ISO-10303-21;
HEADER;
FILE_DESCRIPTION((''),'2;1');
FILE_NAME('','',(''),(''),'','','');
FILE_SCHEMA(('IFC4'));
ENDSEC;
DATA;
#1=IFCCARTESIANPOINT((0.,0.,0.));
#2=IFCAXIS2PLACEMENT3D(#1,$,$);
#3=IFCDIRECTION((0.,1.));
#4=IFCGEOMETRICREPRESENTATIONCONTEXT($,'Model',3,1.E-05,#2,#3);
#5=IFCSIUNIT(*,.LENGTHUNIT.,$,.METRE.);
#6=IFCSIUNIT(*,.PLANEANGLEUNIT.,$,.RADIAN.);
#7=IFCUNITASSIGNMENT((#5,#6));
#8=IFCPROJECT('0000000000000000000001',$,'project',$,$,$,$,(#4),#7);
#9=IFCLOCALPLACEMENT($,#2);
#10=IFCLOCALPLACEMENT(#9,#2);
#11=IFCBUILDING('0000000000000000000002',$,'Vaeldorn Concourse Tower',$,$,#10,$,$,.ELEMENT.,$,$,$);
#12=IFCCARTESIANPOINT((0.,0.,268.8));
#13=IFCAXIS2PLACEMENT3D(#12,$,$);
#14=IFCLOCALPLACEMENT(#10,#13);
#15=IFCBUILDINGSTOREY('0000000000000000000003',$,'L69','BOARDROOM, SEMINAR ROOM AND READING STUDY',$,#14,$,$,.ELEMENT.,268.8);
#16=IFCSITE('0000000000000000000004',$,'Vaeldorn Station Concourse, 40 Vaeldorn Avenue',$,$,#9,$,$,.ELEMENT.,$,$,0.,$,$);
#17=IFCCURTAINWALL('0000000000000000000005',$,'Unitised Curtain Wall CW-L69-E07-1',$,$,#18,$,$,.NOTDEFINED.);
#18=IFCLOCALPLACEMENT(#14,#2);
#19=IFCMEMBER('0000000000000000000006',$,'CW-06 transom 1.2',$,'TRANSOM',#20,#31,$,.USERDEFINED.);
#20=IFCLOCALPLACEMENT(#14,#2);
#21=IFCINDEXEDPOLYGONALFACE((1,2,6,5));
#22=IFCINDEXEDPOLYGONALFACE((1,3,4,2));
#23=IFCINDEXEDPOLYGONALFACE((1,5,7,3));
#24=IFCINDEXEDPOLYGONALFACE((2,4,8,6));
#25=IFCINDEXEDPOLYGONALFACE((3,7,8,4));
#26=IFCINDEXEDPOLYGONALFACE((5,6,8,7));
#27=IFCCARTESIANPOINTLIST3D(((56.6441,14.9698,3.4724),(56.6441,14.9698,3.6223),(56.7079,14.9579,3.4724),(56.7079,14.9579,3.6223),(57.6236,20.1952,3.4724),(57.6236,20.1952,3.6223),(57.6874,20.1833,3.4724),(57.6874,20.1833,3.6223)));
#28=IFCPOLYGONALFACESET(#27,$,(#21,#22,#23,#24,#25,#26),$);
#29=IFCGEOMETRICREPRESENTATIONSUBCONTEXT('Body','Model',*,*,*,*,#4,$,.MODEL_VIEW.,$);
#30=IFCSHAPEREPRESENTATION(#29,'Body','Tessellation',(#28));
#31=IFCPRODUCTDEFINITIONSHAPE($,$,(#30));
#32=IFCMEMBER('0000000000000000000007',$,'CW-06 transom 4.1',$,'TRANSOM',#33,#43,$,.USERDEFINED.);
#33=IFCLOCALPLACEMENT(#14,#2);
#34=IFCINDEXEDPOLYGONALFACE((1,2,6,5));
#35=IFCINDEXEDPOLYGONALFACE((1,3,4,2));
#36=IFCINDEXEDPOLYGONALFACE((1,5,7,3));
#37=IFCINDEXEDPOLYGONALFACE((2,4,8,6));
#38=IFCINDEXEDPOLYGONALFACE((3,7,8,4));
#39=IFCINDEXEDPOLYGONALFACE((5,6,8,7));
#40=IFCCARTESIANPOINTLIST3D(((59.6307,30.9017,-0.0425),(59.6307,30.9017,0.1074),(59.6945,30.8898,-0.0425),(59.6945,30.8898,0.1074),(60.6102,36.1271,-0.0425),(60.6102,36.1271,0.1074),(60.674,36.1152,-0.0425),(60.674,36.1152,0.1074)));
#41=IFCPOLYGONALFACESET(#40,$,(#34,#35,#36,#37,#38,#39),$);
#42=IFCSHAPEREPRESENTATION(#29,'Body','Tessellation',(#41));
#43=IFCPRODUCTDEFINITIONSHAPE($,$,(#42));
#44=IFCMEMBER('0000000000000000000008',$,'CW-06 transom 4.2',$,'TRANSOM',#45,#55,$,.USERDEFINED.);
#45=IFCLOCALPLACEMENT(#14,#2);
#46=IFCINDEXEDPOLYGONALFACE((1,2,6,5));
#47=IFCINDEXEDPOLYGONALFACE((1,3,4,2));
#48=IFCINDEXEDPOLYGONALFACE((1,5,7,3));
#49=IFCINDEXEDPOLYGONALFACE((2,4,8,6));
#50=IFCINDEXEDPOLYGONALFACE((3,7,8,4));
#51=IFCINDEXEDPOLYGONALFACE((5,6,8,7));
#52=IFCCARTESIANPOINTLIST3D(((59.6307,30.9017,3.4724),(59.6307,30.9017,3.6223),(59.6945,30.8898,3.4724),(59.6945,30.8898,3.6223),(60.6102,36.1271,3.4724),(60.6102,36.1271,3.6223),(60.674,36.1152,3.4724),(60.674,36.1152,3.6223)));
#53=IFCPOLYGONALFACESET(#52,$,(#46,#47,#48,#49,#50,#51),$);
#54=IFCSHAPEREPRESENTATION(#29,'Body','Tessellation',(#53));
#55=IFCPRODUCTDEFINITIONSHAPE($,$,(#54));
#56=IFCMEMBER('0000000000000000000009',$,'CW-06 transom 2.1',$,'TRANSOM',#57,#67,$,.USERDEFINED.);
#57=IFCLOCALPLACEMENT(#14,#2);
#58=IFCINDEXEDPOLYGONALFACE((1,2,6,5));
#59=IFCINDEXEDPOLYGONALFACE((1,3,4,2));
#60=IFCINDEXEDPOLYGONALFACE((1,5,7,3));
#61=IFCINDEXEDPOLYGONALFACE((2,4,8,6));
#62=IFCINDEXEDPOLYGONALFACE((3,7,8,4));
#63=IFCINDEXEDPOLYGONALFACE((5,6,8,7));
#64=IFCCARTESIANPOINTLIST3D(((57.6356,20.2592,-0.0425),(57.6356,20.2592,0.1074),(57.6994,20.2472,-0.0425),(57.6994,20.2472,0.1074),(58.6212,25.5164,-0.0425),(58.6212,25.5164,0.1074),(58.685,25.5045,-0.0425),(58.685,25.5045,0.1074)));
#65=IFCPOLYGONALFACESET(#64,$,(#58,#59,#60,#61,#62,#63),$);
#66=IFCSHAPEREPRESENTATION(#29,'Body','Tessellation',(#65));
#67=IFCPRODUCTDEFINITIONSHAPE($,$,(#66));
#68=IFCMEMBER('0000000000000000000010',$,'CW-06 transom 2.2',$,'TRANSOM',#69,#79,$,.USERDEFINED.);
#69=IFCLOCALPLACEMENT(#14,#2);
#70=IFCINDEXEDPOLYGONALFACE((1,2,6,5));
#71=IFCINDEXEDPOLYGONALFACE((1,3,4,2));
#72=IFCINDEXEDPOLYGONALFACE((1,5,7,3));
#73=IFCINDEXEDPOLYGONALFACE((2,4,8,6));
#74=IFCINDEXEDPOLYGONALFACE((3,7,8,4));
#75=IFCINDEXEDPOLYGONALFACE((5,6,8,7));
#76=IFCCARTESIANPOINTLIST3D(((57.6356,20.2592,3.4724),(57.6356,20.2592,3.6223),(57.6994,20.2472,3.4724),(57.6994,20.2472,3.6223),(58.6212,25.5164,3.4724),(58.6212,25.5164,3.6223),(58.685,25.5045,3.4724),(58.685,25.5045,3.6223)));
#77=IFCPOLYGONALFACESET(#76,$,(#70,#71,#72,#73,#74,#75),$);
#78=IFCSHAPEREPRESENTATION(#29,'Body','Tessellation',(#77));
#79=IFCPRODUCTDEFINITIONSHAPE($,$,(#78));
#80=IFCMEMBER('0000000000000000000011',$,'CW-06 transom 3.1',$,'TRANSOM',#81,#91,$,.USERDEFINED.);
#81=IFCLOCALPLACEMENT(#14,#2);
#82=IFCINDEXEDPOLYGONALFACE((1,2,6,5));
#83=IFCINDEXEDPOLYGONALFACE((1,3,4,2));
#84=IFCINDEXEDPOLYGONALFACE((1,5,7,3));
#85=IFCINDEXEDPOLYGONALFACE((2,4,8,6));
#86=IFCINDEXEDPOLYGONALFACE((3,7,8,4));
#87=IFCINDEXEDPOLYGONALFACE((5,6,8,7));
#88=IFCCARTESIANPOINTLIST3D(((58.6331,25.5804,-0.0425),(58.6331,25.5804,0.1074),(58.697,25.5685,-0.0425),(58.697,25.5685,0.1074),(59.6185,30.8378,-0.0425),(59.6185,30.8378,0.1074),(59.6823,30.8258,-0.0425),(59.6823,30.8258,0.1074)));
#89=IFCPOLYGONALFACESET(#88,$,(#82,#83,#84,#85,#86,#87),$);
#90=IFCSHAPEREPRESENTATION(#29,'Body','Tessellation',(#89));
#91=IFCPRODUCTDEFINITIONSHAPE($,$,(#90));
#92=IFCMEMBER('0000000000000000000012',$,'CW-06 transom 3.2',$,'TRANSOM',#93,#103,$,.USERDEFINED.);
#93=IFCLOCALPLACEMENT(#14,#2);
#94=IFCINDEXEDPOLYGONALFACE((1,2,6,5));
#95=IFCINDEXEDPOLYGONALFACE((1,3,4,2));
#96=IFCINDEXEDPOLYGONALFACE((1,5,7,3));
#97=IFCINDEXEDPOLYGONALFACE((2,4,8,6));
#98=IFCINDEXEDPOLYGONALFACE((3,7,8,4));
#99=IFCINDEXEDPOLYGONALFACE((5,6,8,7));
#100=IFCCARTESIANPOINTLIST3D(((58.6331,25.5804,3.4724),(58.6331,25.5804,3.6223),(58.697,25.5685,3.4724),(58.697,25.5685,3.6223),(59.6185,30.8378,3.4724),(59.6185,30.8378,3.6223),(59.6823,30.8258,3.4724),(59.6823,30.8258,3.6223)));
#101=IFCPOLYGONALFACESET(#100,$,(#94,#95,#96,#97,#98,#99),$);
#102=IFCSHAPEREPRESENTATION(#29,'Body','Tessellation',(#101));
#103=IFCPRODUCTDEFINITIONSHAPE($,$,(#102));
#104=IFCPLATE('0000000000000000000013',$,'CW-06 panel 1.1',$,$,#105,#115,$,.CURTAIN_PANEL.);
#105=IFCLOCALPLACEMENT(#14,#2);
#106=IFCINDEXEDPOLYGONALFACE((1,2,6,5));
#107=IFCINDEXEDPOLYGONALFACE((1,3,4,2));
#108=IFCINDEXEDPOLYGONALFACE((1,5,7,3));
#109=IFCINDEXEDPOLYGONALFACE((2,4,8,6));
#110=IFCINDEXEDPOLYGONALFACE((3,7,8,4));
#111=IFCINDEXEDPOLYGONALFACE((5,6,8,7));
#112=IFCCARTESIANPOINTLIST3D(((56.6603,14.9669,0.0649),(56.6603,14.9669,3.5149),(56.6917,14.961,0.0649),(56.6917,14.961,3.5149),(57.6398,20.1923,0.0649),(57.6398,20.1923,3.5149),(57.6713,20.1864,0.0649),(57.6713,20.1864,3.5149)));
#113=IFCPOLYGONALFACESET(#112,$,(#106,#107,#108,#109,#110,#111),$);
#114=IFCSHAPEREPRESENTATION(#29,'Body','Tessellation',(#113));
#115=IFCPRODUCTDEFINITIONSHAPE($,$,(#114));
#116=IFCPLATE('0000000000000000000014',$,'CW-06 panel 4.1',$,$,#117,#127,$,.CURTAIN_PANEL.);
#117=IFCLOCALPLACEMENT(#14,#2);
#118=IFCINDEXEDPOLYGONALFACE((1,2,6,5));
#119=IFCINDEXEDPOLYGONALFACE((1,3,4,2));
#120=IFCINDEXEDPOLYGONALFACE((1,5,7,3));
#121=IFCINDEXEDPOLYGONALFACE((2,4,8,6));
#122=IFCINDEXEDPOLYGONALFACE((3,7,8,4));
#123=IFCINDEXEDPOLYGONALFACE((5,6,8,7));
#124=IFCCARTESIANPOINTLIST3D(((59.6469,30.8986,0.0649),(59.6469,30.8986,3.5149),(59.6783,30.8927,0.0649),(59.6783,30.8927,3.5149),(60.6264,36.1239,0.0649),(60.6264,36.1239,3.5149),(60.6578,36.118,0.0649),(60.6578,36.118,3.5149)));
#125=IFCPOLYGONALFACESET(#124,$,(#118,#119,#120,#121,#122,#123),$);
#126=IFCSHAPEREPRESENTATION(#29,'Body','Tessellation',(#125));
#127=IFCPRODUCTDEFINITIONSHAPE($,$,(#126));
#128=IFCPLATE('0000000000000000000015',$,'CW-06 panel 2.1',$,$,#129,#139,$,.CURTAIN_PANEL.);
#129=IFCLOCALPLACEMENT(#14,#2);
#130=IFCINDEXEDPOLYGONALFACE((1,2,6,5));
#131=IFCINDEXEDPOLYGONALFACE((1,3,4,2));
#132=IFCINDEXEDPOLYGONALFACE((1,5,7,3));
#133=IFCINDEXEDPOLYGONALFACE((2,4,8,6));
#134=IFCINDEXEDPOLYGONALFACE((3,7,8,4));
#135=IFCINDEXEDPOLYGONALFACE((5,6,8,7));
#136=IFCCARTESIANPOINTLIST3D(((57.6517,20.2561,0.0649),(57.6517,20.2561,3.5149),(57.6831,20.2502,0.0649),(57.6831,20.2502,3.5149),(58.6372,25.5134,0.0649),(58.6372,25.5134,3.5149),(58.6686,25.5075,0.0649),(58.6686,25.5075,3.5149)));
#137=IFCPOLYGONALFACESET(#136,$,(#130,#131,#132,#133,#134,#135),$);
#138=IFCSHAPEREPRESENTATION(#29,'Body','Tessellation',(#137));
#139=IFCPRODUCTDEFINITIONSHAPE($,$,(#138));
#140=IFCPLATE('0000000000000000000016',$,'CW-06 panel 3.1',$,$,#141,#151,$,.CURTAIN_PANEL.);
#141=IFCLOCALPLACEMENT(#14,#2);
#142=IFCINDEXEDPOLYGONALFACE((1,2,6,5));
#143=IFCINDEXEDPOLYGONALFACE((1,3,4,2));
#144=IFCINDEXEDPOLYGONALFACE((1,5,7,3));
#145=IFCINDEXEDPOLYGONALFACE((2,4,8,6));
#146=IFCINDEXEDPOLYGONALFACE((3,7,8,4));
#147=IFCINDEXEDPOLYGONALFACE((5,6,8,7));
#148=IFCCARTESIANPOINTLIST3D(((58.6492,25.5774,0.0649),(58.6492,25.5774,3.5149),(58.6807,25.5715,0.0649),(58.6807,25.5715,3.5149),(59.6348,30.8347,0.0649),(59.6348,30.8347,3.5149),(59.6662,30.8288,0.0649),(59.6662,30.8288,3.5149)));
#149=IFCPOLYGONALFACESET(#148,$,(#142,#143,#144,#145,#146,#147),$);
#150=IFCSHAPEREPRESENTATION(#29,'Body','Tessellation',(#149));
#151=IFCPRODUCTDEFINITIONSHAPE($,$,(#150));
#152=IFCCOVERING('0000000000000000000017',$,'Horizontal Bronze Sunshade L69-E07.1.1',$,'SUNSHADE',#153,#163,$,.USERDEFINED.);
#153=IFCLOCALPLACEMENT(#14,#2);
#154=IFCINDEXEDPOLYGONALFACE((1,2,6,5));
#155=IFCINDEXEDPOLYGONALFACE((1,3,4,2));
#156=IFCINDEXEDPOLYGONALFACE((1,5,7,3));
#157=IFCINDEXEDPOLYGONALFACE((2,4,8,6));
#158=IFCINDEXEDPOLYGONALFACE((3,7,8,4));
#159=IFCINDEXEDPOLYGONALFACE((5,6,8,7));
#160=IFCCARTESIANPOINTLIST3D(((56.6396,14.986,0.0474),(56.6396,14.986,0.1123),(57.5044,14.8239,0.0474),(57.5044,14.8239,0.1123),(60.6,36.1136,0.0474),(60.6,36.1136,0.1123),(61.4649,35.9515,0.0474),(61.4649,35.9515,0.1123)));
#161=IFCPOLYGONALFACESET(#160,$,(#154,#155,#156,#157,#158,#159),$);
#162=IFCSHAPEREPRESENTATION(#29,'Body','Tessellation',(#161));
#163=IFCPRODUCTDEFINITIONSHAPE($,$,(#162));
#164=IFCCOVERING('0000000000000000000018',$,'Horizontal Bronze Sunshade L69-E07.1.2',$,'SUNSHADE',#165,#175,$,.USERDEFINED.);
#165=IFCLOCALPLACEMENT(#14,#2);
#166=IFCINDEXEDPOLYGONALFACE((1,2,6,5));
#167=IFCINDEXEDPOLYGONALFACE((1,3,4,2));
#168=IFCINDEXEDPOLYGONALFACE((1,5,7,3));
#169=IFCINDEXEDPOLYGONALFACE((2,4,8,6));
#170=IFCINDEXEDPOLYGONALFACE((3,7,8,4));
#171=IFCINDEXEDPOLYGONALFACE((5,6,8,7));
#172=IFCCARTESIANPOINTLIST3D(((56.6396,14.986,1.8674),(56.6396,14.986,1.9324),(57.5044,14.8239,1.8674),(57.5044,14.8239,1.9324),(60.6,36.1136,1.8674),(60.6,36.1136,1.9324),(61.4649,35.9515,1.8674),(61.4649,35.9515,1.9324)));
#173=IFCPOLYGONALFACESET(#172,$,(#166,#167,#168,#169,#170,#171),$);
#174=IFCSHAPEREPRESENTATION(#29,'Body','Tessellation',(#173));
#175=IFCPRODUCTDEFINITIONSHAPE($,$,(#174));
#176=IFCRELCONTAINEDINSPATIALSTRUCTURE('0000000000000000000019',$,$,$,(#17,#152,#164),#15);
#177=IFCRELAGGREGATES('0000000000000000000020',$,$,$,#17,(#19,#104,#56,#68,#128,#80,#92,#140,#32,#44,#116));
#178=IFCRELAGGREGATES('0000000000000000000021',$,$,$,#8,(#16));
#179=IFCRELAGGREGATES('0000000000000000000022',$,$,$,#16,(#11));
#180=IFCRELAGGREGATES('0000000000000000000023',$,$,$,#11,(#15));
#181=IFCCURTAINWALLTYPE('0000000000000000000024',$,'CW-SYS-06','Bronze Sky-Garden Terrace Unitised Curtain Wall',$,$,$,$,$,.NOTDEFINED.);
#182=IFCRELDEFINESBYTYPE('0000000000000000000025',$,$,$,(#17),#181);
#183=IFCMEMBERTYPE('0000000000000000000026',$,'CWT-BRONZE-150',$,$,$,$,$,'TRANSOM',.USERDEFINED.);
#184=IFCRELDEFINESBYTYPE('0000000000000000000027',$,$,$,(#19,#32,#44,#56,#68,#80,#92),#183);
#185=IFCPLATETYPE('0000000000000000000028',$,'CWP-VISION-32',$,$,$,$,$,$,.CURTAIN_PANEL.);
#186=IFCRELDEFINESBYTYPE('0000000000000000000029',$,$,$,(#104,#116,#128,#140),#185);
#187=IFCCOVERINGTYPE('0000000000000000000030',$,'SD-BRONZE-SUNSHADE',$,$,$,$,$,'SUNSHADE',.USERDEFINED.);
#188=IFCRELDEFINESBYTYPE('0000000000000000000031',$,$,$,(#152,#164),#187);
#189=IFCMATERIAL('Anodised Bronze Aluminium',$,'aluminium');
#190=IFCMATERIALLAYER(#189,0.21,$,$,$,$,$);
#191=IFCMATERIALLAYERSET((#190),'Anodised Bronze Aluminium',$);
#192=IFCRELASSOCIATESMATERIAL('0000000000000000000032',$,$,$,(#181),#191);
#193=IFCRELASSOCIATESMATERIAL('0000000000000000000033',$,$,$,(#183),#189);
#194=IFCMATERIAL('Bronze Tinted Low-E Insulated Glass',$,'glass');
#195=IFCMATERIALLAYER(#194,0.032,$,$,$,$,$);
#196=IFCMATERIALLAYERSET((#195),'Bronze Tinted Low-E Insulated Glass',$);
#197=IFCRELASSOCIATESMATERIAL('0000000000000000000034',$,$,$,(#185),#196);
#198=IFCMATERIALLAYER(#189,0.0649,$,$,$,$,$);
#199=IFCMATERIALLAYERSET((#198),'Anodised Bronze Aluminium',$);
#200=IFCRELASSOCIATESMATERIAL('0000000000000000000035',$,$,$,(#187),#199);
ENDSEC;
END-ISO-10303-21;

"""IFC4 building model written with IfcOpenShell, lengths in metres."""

from ifc_helpers import new_model, si_unit, direction, frame, origin, origin_2d, place, context, subcontext, project, spatial, rectangle, extrude, source, transform, mapped, material, layer, layer_set, material_profile, profile_set, type_object, element, aggregate, save


model = new_model("IFC4")

# Units and contexts
model_context = context("Model", 3, precision=1e-05, world=origin(), true_north=direction((0.0, 1.0)))
body_context = subcontext(model_context, "Body", "Model", "MODEL_VIEW")
ifc_project = project(units=[si_unit("LENGTHUNIT", "METRE"), si_unit("PLANEANGLEUNIT", "RADIAN")], contexts=[model_context])

# Site, building, storey
site_placement = place(None, origin())
site = spatial("IfcSite", under=ifc_project, at=site_placement, Name="Vaeldorn Station Concourse, 40 Vaeldorn Avenue", CompositionType="ELEMENT", RefElevation=0.0)
building_placement = place(site_placement, origin())
building = spatial("IfcBuilding", under=site, at=building_placement, Name="Vaeldorn Concourse Tower", CompositionType="ELEMENT")
storey_placement = place(building_placement, frame((0.0, 0.0, 268.8)))
storey = spatial("IfcBuildingStorey", under=building, at=storey_placement, Name="L69", Description="BOARDROOM, SEMINAR ROOM AND READING STUDY", CompositionType="ELEMENT", Elevation=268.8)

# Curtain wall, members, plates
ifc_material_1 = material(Name="Anodised Bronze Aluminium", Category="aluminium")
ifc_layer_1 = layer(ifc_material_1, 0.21)
ifc_layer_set_1 = layer_set([ifc_layer_1], Name="Anodised Bronze Aluminium")
curtain_wall_type = type_object("IfcCurtainWallType", Name="CW-SYS-06", Description="Bronze Sky-Garden Terrace Unitised Curtain Wall", PredefinedType="NOTDEFINED", material=ifc_layer_set_1)
curtain_wall_placement = place(storey_placement, origin())
curtain_wall = element("IfcCurtainWall", 1, at=curtain_wall_placement, inside=storey, type_object=curtain_wall_type, Name="Unitised Curtain Wall CW-L69-E07-1", PredefinedType="NOTDEFINED")
ifc_material_profile_1 = material_profile(ifc_material_1, rectangle(XDim=0.0649, YDim=0.1499, at=origin_2d()), Name="CWT 65x150")
ifc_profile_set_1 = profile_set([ifc_material_profile_1], Name="Anodised Bronze Aluminium")
member_type_1 = type_object("IfcMemberType", Name="CWT-BRONZE-150", ElementType="TRANSOM", PredefinedType="USERDEFINED", material=ifc_profile_set_1)
shared_shape_1 = source(origin(), body_context, "Body", "SweptSolid", [
    extrude(rectangle(XDim=0.0649, YDim=0.1499, at=origin_2d()), origin(), (0.0, 0.0, 1.0), 5.3164),
])
member_1_placement = place(storey_placement, frame((56.676, 14.9639, 3.5474), z_axis=(0.184241, 0.982881, 0.0), x_axis=(-0.982881, 0.184241, 0.0)))
member_1 = element("IfcMember", 2, at=member_1_placement, type_object=member_type_1, Name="CW-06 transom 1.2", ObjectType="TRANSOM", PredefinedType="USERDEFINED", context=body_context, shape_type="MappedRepresentation", body=[
    mapped(shared_shape_1, transform((0.0, 0.0, 0.0), scale=1.0)),
])
member_2_placement = place(storey_placement, frame((59.6626, 30.8958, 0.0325), z_axis=(0.184241, 0.982881, 0.0), x_axis=(-0.982881, 0.184241, 0.0)))
member_2 = element("IfcMember", 3, at=member_2_placement, type_object=member_type_1, Name="CW-06 transom 4.1", ObjectType="TRANSOM", PredefinedType="USERDEFINED", context=body_context, shape_type="MappedRepresentation", body=[
    mapped(shared_shape_1, transform((0.0, 0.0, 0.0), scale=1.0)),
])
member_3_placement = place(storey_placement, frame((59.6626, 30.8958, 3.5474), z_axis=(0.184241, 0.982881, 0.0), x_axis=(-0.982881, 0.184241, 0.0)))
member_3 = element("IfcMember", 4, at=member_3_placement, type_object=member_type_1, Name="CW-06 transom 4.2", ObjectType="TRANSOM", PredefinedType="USERDEFINED", context=body_context, shape_type="MappedRepresentation", body=[
    mapped(shared_shape_1, transform((0.0, 0.0, 0.0), scale=1.0)),
])
shared_shape_2 = source(origin(), body_context, "Body", "SweptSolid", [
    extrude(rectangle(XDim=0.0649, YDim=0.1499, at=origin_2d()), origin(), (0.0, 0.0, 1.0), 5.3489),
])
member_4_placement = place(storey_placement, frame((57.6675, 20.2532, 0.0325), z_axis=(0.184261, 0.982877, 0.0), x_axis=(-0.982877, 0.184261, 0.0)))
member_4 = element("IfcMember", 5, at=member_4_placement, type_object=member_type_1, Name="CW-06 transom 2.1", ObjectType="TRANSOM", PredefinedType="USERDEFINED", context=body_context, shape_type="MappedRepresentation", body=[
    mapped(shared_shape_2, transform((0.0, 0.0, 0.0), scale=1.0)),
])
member_5_placement = place(storey_placement, frame((57.6675, 20.2532, 3.5474), z_axis=(0.184261, 0.982877, 0.0), x_axis=(-0.982877, 0.184261, 0.0)))
member_5 = element("IfcMember", 6, at=member_5_placement, type_object=member_type_1, Name="CW-06 transom 2.2", ObjectType="TRANSOM", PredefinedType="USERDEFINED", context=body_context, shape_type="MappedRepresentation", body=[
    mapped(shared_shape_2, transform((0.0, 0.0, 0.0), scale=1.0)),
])
member_6_placement = place(storey_placement, frame((58.665, 25.5745, 0.0325), z_axis=(0.184217, 0.982886, 0.0), x_axis=(-0.982886, 0.184217, 0.0)))
member_6 = element("IfcMember", 7, at=member_6_placement, type_object=member_type_1, Name="CW-06 transom 3.1", ObjectType="TRANSOM", PredefinedType="USERDEFINED", context=body_context, shape_type="MappedRepresentation", body=[
    mapped(shared_shape_2, transform((0.0, 0.0, 0.0), scale=1.0)),
])
member_7_placement = place(storey_placement, frame((58.665, 25.5745, 3.5474), z_axis=(0.184217, 0.982886, 0.0), x_axis=(-0.982886, 0.184217, 0.0)))
member_7 = element("IfcMember", 8, at=member_7_placement, type_object=member_type_1, Name="CW-06 transom 3.2", ObjectType="TRANSOM", PredefinedType="USERDEFINED", context=body_context, shape_type="MappedRepresentation", body=[
    mapped(shared_shape_2, transform((0.0, 0.0, 0.0), scale=1.0)),
])
ifc_material_2 = material(Name="Bronze Tinted Low-E Insulated Glass", Category="glass")
ifc_layer_2 = layer(ifc_material_2, 0.032)
ifc_layer_set_2 = layer_set([ifc_layer_2], Name="Bronze Tinted Low-E Insulated Glass")
plate_type = type_object("IfcPlateType", Name="CWP-VISION-32", PredefinedType="CURTAIN_PANEL", material=ifc_layer_set_2)
shared_shape_3 = source(origin(), body_context, "Body", "SweptSolid", [
    extrude(rectangle(XDim=5.3164, YDim=0.032, at=origin_2d()), origin(), (0.0, 0.0, 1.0), 3.45),
])
plate_1_placement = place(storey_placement, frame((57.1658, 17.5767, 0.0649), z_axis=(0.0, 0.0, 1.0), x_axis=(0.184247, 0.98288, 0.0)))
plate_1 = element("IfcPlate", 9, at=plate_1_placement, type_object=plate_type, Name="CW-06 panel 1.1", PredefinedType="CURTAIN_PANEL", context=body_context, shape_type="MappedRepresentation", body=[
    mapped(shared_shape_3, transform((0.0, 0.0, 0.0), scale=1.0)),
])
plate_2_placement = place(storey_placement, frame((60.1523, 33.5083, 0.0649), z_axis=(0.0, 0.0, 1.0), x_axis=(0.184247, 0.98288, 0.0)))
plate_2 = element("IfcPlate", 10, at=plate_2_placement, type_object=plate_type, Name="CW-06 panel 4.1", PredefinedType="CURTAIN_PANEL", context=body_context, shape_type="MappedRepresentation", body=[
    mapped(shared_shape_3, transform((0.0, 0.0, 0.0), scale=1.0)),
])
shared_shape_4 = source(origin(), body_context, "Body", "SweptSolid", [
    extrude(rectangle(XDim=5.3489, YDim=0.032, at=origin_2d()), origin(), (0.0, 0.0, 1.0), 3.45),
])
plate_3_placement = place(storey_placement, frame((58.1602, 22.8818, 0.0649), z_axis=(0.0, 0.0, 1.0), x_axis=(0.184247, 0.98288, 0.0)))
plate_3 = element("IfcPlate", 11, at=plate_3_placement, type_object=plate_type, Name="CW-06 panel 2.1", PredefinedType="CURTAIN_PANEL", context=body_context, shape_type="MappedRepresentation", body=[
    mapped(shared_shape_4, transform((0.0, 0.0, 0.0), scale=1.0)),
])
plate_4_placement = place(storey_placement, frame((59.1577, 28.2031, 0.0649), z_axis=(0.0, 0.0, 1.0), x_axis=(0.184247, 0.98288, 0.0)))
plate_4 = element("IfcPlate", 12, at=plate_4_placement, type_object=plate_type, Name="CW-06 panel 3.1", PredefinedType="CURTAIN_PANEL", context=body_context, shape_type="MappedRepresentation", body=[
    mapped(shared_shape_4, transform((0.0, 0.0, 0.0), scale=1.0)),
])
aggregate(curtain_wall, [member_1, plate_1, member_4, member_5, plate_3, member_6, member_7, plate_4, member_2, member_3, plate_2])

# Coverings
ifc_layer_3 = layer(ifc_material_1, 0.0649)
ifc_layer_set_3 = layer_set([ifc_layer_3], Name="Anodised Bronze Aluminium")
covering_type = type_object("IfcCoveringType", Name="SD-BRONZE-SUNSHADE", ElementType="SUNSHADE", PredefinedType="USERDEFINED", material=ifc_layer_set_3)
shared_shape_5 = source(origin(), body_context, "Body", "SweptSolid", [
    extrude(rectangle(XDim=21.4956, YDim=0.8799, at=origin_2d()), origin(), (0.0, 0.0, 1.0), 0.0649),
])
for number, where, z_axis, x_axis, name in (
    (13, (59.0522, 25.4688, 0.0474), (0.0, 0.0, 1.0), (0.184243, 0.982881, 0.0), "Horizontal Bronze Sunshade L69-E07.1.1"),
    (14, (59.0522, 25.4688, 1.8674), (0.0, 0.0, 1.0), (0.184243, 0.982881, 0.0), "Horizontal Bronze Sunshade L69-E07.1.2"),
):
    element("IfcCovering", number, at=place(storey_placement, frame(where, z_axis=z_axis, x_axis=x_axis)), inside=storey, type_object=covering_type, Name=name, ObjectType="SUNSHADE", PredefinedType="USERDEFINED", context=body_context, shape_type="MappedRepresentation", body=[
        mapped(shared_shape_5, transform((0.0, 0.0, 0.0), scale=1.0)),
    ])

save(model, "model.ifc")
